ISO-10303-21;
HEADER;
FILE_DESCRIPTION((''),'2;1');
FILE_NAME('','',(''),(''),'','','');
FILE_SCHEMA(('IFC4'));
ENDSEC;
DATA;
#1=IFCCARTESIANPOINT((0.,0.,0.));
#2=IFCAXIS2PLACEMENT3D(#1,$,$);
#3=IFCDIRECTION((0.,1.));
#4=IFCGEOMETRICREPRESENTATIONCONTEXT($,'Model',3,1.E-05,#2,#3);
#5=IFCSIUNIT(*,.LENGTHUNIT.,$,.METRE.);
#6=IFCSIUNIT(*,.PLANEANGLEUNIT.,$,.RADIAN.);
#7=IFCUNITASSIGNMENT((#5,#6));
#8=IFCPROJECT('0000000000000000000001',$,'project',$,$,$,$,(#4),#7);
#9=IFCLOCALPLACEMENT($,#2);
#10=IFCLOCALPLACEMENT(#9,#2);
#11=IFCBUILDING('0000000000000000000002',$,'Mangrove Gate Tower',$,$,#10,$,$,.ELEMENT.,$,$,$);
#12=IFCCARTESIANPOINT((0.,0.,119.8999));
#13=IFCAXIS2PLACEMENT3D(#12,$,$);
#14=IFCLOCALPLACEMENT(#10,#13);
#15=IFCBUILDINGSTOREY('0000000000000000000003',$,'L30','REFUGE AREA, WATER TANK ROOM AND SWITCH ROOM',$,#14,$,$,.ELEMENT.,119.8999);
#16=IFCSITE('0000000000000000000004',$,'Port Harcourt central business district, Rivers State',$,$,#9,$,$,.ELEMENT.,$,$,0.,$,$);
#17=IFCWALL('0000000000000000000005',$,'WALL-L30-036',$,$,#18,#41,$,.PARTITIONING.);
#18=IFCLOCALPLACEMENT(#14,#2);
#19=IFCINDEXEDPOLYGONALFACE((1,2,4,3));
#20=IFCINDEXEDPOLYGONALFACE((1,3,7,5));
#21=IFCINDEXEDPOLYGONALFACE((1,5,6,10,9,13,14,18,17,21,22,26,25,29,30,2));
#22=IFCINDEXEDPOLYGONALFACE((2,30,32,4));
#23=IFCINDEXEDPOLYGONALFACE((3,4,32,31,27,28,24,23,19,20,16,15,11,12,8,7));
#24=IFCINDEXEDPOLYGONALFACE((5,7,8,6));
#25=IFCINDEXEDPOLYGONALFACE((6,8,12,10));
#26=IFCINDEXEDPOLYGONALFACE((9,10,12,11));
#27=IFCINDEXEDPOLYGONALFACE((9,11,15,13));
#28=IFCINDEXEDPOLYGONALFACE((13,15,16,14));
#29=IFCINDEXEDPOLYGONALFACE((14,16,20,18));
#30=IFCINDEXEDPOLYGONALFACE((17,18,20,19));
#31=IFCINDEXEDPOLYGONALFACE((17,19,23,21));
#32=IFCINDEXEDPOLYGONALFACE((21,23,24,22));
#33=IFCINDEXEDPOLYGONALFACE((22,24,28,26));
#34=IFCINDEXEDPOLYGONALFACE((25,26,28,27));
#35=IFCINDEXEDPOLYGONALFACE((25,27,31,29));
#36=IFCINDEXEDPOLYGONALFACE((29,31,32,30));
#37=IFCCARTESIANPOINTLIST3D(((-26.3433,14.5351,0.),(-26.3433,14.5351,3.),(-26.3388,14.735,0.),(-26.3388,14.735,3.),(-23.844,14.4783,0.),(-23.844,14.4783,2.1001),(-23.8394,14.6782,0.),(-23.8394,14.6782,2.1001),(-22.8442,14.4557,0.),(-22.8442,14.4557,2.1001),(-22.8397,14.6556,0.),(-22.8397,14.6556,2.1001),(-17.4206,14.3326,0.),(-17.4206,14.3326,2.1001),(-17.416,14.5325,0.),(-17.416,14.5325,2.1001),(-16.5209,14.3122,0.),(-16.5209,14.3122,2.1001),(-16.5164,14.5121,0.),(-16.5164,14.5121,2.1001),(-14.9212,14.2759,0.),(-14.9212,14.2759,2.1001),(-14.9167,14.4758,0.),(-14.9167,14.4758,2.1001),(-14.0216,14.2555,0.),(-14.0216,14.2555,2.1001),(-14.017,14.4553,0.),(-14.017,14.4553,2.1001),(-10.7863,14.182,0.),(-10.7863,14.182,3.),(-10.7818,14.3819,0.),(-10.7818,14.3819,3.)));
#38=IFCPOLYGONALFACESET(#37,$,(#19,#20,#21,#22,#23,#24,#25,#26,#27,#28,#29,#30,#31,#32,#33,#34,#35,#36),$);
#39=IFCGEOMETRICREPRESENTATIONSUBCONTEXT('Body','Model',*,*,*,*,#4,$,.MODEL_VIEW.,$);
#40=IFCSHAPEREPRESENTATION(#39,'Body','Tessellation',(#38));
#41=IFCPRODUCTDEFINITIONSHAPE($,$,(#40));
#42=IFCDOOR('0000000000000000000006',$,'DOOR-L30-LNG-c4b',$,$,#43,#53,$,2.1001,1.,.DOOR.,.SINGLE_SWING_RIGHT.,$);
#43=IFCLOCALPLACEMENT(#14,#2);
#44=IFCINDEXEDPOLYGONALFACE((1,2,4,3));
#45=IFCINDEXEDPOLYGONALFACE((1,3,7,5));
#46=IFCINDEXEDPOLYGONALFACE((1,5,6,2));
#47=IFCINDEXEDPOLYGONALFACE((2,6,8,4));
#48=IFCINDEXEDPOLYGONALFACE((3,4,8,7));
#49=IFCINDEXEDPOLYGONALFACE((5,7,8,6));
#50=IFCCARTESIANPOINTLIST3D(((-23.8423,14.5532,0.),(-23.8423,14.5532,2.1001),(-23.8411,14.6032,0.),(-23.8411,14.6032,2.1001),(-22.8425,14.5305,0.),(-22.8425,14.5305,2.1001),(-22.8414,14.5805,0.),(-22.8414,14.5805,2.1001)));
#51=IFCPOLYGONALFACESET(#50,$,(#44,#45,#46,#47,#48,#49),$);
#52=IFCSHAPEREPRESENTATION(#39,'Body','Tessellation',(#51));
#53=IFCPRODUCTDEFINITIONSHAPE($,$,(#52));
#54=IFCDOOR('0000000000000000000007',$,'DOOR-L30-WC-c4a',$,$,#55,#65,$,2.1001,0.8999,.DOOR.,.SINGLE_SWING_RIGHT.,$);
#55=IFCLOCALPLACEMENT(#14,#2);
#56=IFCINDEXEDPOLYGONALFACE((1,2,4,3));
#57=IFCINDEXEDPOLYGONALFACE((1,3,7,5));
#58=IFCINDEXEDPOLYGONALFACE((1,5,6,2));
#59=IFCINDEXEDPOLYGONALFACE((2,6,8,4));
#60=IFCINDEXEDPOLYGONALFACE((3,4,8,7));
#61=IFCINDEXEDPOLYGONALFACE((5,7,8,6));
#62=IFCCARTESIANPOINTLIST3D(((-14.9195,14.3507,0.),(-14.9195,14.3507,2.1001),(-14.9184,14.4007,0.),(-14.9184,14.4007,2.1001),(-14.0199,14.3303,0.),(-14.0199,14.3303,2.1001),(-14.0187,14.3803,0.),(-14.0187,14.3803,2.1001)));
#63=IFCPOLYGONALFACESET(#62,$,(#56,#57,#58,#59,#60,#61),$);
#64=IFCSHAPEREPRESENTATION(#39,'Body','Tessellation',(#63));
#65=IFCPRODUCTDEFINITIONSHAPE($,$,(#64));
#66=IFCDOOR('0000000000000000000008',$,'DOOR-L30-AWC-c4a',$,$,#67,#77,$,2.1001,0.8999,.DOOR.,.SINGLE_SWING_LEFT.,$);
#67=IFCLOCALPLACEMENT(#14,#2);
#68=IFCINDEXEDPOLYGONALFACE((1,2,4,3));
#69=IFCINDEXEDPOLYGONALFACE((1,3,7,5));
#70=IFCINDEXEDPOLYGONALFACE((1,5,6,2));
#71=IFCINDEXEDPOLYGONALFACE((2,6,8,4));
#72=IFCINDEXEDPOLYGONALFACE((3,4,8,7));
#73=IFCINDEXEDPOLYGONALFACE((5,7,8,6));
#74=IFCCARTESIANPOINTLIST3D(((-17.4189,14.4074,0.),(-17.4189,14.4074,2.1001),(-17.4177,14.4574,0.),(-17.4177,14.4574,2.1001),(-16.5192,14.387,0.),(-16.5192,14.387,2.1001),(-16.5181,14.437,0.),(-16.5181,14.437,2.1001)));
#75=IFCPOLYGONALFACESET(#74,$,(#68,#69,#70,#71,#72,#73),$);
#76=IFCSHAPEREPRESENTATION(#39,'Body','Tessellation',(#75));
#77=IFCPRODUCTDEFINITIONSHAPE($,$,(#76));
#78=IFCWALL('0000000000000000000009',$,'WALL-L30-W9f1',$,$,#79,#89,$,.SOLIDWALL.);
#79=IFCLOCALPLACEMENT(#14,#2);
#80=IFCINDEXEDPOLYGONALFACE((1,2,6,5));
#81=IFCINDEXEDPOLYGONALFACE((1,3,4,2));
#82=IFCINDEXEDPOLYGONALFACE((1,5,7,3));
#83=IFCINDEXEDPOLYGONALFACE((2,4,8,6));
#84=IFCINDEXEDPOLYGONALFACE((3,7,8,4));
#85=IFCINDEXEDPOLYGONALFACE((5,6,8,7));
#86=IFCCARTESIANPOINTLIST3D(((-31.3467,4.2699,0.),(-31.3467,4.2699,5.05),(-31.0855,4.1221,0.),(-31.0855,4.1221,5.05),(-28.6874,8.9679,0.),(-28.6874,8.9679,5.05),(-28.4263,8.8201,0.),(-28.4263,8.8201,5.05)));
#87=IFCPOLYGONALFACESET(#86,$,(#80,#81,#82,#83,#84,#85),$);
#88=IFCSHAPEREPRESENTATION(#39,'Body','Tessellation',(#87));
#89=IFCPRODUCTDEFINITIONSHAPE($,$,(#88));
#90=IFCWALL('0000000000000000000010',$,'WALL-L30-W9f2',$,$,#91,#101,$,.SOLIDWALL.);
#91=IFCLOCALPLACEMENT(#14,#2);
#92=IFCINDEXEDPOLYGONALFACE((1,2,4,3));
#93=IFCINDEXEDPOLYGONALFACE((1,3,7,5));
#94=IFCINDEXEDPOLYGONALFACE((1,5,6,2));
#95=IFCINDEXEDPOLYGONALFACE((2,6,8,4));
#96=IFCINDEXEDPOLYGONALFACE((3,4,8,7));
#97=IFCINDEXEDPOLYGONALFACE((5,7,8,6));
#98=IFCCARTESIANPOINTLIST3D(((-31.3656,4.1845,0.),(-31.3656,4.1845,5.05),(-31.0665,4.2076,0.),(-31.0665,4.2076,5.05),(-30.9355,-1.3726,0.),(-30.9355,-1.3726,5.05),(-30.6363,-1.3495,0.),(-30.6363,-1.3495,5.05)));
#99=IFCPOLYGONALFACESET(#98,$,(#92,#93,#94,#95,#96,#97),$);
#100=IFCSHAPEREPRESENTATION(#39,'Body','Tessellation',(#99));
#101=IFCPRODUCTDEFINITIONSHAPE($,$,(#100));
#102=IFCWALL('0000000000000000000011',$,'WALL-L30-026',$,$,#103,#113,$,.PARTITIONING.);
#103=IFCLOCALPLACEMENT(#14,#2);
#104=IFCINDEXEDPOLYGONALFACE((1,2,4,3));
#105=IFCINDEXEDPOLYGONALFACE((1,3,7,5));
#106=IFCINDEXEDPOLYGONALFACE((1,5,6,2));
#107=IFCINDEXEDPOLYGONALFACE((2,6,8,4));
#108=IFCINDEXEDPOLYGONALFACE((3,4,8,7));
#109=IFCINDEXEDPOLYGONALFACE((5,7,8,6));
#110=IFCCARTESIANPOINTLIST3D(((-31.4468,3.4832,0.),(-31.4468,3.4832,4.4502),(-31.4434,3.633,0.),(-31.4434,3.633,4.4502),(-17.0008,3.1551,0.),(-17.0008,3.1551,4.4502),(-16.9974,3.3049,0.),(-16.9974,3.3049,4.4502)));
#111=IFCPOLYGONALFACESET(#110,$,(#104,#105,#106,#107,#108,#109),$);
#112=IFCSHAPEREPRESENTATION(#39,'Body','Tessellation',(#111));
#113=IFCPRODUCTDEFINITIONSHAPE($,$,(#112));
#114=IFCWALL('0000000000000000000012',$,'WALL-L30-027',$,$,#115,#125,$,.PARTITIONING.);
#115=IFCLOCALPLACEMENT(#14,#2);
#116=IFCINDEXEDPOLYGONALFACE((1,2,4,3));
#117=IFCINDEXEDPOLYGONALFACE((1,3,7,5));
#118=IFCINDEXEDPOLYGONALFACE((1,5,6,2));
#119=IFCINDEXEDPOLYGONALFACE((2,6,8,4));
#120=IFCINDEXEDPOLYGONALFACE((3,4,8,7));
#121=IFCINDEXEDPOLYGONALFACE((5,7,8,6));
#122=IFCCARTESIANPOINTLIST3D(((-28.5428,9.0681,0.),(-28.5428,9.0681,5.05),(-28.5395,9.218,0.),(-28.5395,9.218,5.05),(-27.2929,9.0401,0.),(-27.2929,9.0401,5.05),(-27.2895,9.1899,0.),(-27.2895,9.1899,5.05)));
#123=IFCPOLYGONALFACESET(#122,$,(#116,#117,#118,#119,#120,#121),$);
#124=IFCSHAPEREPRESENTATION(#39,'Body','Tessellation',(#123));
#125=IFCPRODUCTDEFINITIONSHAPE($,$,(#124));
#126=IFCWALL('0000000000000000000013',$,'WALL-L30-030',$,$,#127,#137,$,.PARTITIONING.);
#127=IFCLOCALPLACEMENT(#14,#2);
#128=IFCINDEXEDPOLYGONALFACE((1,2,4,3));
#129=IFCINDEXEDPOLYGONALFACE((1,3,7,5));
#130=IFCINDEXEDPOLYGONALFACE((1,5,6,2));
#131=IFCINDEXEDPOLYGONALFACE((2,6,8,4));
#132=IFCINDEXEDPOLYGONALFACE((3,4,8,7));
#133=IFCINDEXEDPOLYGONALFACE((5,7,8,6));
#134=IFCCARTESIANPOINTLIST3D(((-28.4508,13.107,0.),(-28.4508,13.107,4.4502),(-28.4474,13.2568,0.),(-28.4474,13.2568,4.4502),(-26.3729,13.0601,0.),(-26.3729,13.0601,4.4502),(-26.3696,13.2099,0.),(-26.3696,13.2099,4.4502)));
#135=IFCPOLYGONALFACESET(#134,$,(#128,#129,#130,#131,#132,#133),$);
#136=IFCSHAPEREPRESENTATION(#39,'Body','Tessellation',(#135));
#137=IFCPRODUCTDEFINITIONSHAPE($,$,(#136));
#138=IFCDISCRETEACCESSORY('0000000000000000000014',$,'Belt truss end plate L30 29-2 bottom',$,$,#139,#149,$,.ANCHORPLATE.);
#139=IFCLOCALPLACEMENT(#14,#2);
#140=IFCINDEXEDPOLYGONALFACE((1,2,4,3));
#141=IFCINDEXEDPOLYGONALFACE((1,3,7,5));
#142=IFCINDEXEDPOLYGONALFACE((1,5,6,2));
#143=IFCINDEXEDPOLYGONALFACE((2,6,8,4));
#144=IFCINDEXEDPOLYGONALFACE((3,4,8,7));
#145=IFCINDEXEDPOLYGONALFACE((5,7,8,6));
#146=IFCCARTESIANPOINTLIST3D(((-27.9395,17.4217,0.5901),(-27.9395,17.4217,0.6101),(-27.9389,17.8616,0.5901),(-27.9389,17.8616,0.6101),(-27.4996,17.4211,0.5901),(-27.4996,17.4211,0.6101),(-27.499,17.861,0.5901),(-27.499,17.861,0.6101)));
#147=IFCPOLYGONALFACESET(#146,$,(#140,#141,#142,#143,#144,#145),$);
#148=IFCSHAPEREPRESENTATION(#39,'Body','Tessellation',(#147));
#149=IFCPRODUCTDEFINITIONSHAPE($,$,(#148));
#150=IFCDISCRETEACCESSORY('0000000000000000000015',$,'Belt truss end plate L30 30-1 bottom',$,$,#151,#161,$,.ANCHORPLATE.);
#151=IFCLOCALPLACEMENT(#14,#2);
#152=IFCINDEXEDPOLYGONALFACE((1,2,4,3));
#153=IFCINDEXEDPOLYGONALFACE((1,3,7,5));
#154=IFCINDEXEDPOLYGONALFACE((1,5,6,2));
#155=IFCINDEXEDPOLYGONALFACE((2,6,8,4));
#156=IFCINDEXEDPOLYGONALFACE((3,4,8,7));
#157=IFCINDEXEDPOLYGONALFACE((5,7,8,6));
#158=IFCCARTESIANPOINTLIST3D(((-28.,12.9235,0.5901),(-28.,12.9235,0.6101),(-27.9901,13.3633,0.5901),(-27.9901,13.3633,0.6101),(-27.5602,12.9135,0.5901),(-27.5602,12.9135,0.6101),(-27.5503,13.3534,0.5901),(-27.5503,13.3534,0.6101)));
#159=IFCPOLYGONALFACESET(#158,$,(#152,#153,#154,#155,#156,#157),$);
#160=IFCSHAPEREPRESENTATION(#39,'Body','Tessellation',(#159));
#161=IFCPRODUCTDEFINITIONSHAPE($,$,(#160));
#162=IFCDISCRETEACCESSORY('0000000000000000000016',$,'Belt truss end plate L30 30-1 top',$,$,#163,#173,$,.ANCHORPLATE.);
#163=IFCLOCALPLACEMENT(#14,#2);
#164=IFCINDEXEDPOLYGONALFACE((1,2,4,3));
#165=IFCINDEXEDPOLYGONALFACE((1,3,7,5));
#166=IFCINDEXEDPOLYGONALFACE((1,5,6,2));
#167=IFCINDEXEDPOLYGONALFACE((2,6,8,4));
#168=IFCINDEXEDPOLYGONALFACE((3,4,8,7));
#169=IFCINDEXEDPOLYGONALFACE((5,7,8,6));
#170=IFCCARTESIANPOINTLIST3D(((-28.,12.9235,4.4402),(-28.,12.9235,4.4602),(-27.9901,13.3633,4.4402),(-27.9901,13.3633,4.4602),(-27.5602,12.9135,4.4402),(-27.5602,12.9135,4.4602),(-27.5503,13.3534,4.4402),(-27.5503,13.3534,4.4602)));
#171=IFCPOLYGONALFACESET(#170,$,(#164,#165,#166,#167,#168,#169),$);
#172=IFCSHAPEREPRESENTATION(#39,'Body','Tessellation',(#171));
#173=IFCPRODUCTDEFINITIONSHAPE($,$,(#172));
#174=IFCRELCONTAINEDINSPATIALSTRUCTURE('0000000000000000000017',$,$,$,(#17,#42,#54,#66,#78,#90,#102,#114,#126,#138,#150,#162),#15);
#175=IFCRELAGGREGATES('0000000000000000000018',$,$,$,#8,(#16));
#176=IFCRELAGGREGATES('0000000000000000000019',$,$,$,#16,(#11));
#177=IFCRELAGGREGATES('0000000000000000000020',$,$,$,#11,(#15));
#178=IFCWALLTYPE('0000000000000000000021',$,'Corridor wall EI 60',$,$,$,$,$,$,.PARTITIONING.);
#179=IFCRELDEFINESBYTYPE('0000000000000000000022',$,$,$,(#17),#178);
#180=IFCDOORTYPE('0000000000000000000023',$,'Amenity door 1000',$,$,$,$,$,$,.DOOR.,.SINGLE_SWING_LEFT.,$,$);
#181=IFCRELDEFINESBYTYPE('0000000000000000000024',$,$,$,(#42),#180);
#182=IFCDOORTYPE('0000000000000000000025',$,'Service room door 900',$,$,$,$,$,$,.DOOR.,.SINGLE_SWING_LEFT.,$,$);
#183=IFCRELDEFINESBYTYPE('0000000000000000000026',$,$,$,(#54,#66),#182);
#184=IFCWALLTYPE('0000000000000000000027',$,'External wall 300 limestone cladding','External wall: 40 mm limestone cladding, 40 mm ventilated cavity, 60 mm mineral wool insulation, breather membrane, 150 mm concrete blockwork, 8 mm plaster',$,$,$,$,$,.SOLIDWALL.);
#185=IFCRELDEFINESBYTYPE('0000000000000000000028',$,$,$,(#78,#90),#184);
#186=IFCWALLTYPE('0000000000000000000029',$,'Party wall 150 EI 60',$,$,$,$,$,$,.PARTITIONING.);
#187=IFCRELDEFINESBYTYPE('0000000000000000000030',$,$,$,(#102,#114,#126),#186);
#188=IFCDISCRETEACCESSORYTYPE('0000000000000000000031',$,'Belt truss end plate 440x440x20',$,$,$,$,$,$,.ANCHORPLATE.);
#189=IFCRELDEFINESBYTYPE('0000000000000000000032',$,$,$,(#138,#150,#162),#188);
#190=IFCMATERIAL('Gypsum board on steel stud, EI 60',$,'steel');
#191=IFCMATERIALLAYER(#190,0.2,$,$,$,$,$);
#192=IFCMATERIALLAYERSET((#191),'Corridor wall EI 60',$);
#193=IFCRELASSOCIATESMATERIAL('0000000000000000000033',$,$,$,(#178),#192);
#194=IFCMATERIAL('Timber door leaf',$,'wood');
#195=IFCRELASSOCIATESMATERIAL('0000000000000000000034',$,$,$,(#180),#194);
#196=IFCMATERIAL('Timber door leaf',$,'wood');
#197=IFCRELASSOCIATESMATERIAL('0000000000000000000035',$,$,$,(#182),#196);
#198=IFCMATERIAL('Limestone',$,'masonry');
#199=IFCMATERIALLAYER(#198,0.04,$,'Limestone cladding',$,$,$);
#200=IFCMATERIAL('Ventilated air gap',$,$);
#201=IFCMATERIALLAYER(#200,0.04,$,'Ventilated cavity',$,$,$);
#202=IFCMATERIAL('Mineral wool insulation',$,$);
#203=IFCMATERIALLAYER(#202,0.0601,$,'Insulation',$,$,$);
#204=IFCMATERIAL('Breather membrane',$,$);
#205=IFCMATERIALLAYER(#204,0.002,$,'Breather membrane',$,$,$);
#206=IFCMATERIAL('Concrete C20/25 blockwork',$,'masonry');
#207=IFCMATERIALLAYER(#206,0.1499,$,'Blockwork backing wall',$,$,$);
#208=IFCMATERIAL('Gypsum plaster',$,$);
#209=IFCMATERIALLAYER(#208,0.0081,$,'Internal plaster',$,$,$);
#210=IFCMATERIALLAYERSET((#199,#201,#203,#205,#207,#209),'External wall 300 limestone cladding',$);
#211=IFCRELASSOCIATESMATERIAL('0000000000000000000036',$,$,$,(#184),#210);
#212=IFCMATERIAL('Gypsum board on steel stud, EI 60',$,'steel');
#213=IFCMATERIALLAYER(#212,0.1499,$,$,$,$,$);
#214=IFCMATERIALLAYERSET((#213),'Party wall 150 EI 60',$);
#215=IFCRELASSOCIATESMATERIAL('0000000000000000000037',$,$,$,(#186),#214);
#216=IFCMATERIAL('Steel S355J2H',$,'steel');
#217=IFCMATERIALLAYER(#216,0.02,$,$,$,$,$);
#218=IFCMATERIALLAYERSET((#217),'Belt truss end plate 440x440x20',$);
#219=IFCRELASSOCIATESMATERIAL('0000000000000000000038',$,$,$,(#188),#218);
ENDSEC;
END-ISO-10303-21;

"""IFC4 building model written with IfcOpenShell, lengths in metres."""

from ifc_helpers import new_model, si_unit, direction, frame, frame_2d, origin, origin_2d, place, context, subcontext, project, spatial, rectangle, extrude, material, layer, layer_set, type_object, element, fill, save


model = new_model("IFC4")

# Units and contexts
model_context = context("Model", 3, precision=1e-05, world=origin(), true_north=direction((0.0, 1.0)))
body_context = subcontext(model_context, "Body", "Model", "MODEL_VIEW")
ifc_project = project(units=[si_unit("LENGTHUNIT", "METRE"), si_unit("PLANEANGLEUNIT", "RADIAN")], contexts=[model_context])

# Site, building, storey
site_placement = place(None, origin())
site = spatial("IfcSite", under=ifc_project, at=site_placement, Name="Port Harcourt central business district, Rivers State", CompositionType="ELEMENT", RefElevation=0.0)
building_placement = place(site_placement, origin())
building = spatial("IfcBuilding", under=site, at=building_placement, Name="Mangrove Gate Tower", CompositionType="ELEMENT")
storey_placement = place(building_placement, frame((0.0, 0.0, 119.8999)))
storey = spatial("IfcBuildingStorey", under=building, at=storey_placement, Name="L30", Description="REFUGE AREA, WATER TANK ROOM AND SWITCH ROOM", CompositionType="ELEMENT", Elevation=119.8999)

# Shared definitions
ifc_material_1 = material(Name="Gypsum board on steel stud, EI 60", Category="steel")
ifc_layer_1 = layer(ifc_material_1, 0.2)
ifc_layer_set_1 = layer_set([ifc_layer_1], Name="Corridor wall EI 60")
wall_type_1 = type_object("IfcWallType", Name="Corridor wall EI 60", PredefinedType="PARTITIONING", material=ifc_layer_set_1)
ifc_material_2 = material(Name="Timber door leaf", Category="wood")
door_type_1 = type_object("IfcDoorType", Name="Amenity door 1000", OperationType="SINGLE_SWING_LEFT", PredefinedType="DOOR", material=ifc_material_2)

# Wall, openings, doors
wall_1_placement = place(storey_placement, frame((-26.3411, 14.635, 0.0), z_axis=(0.0, 0.0, 1.0), x_axis=(0.999743, -0.022686, 0.0)))
wall_1 = element("IfcWall", 1, at=wall_1_placement, inside=storey, type_object=wall_type_1, Name="WALL-L30-036", PredefinedType="PARTITIONING", context=body_context, shape_type="SweptSolid", body=[
    extrude(rectangle(XDim=15.561, YDim=0.2, at=frame_2d((7.7805, 0.0))), origin(), (0.0, 0.0, 1.0), 3.0),
])
opening_1_placement = place(wall_1_placement, frame((11.425, 0.0, 0.0)))
opening_1 = element("IfcOpeningElement", 2, at=opening_1_placement, cuts=wall_1, PredefinedType="OPENING", context=body_context, shape_type="SweptSolid", body=[
    extrude(rectangle(XDim=0.8999, YDim=2.1001, at=frame_2d((0.45, 1.05))), frame((0.0, 0.1099, 0.0), z_axis=(0.0, -1.0, 0.0), x_axis=(1.0, 0.0, 0.0)), (0.0, 0.0, 1.0), 0.22),
])
opening_2_placement = place(wall_1_placement, frame((2.5, 0.0, 0.0)))
opening_2 = element("IfcOpeningElement", 3, at=opening_2_placement, cuts=wall_1, PredefinedType="OPENING", context=body_context, shape_type="SweptSolid", body=[
    extrude(rectangle(XDim=1.0, YDim=2.1001, at=frame_2d((0.5, 1.05))), frame((0.0, 0.1099, 0.0), z_axis=(0.0, -1.0, 0.0), x_axis=(1.0, 0.0, 0.0)), (0.0, 0.0, 1.0), 0.22),
])
opening_3_placement = place(wall_1_placement, frame((8.925, 0.0, 0.0)))
opening_3 = element("IfcOpeningElement", 4, at=opening_3_placement, cuts=wall_1, PredefinedType="OPENING", context=body_context, shape_type="SweptSolid", body=[
    extrude(rectangle(XDim=0.8999, YDim=2.1001, at=frame_2d((0.45, 1.05))), frame((0.0, 0.1099, 0.0), z_axis=(0.0, -1.0, 0.0), x_axis=(1.0, 0.0, 0.0)), (0.0, 0.0, 1.0), 0.22),
])
door_1_placement = place(opening_2_placement, origin())
door_1 = element("IfcDoor", 5, at=door_1_placement, inside=storey, type_object=door_type_1, Name="DOOR-L30-LNG-c4b", OperationType="SINGLE_SWING_RIGHT", OverallHeight=2.1001, OverallWidth=1.0, PredefinedType="DOOR", context=body_context, shape_type="SweptSolid", body=[
    extrude(rectangle(XDim=1.0, YDim=2.1001, at=frame_2d((0.5, 1.05))), frame((0.0, 0.0249, 0.0), z_axis=(0.0, -1.0, 0.0), x_axis=(1.0, 0.0, 0.0)), (0.0, 0.0, 1.0), 0.05),
])
fill(opening_2, door_1)
ifc_material_3 = material(Name="Timber door leaf", Category="wood")
door_type_2 = type_object("IfcDoorType", Name="Service room door 900", OperationType="SINGLE_SWING_LEFT", PredefinedType="DOOR", material=ifc_material_3)
door_2_placement = place(opening_1_placement, origin())
door_2 = element("IfcDoor", 6, at=door_2_placement, inside=storey, type_object=door_type_2, Name="DOOR-L30-WC-c4a", OperationType="SINGLE_SWING_RIGHT", OverallHeight=2.1001, OverallWidth=0.8999, PredefinedType="DOOR", context=body_context, shape_type="SweptSolid", body=[
    extrude(rectangle(XDim=0.8999, YDim=2.1001, at=frame_2d((0.45, 1.05))), frame((0.0, 0.0249, 0.0), z_axis=(0.0, -1.0, 0.0), x_axis=(1.0, 0.0, 0.0)), (0.0, 0.0, 1.0), 0.05),
])
fill(opening_1, door_2)
door_3_placement = place(opening_3_placement, origin())
door_3 = element("IfcDoor", 7, at=door_3_placement, inside=storey, type_object=door_type_2, Name="DOOR-L30-AWC-c4a", OperationType="SINGLE_SWING_LEFT", OverallHeight=2.1001, OverallWidth=0.8999, PredefinedType="DOOR", context=body_context, shape_type="SweptSolid", body=[
    extrude(rectangle(XDim=0.8999, YDim=2.1001, at=frame_2d((0.45, 1.05))), frame((0.0, 0.0249, 0.0), z_axis=(0.0, -1.0, 0.0), x_axis=(1.0, 0.0, 0.0)), (0.0, 0.0, 1.0), 0.05),
])
fill(opening_3, door_3)

# Walls
ifc_material_4 = material(Name="Limestone", Category="masonry")
ifc_layer_2 = layer(ifc_material_4, 0.04, Name="Limestone cladding")
ifc_material_5 = material(Name="Ventilated air gap")
ifc_layer_3 = layer(ifc_material_5, 0.04, Name="Ventilated cavity")
ifc_material_6 = material(Name="Mineral wool insulation")
ifc_layer_4 = layer(ifc_material_6, 0.0601, Name="Insulation")
ifc_material_7 = material(Name="Breather membrane")
ifc_layer_5 = layer(ifc_material_7, 0.002, Name="Breather membrane")
ifc_material_8 = material(Name="Concrete C20/25 blockwork", Category="masonry")
ifc_layer_6 = layer(ifc_material_8, 0.1499, Name="Blockwork backing wall")
ifc_material_9 = material(Name="Gypsum plaster")
ifc_layer_7 = layer(ifc_material_9, 0.0081, Name="Internal plaster")
ifc_layer_set_2 = layer_set([ifc_layer_2, ifc_layer_3, ifc_layer_4, ifc_layer_5, ifc_layer_6, ifc_layer_7], Name="External wall 300 limestone cladding")
wall_type_2 = type_object("IfcWallType", Name="External wall 300 limestone cladding", Description="External wall: 40 mm limestone cladding, 40 mm ventilated cavity, 60 mm mineral wool insulation, breather membrane, 150 mm concrete blockwork, 8 mm plaster", PredefinedType="SOLIDWALL", material=ifc_layer_set_2)
wall_2_placement = place(storey_placement, frame((-28.5569, 8.894, 0.0), z_axis=(0.0, 0.0, 1.0), x_axis=(-0.492589, -0.870262, 0.0)))
element("IfcWall", 8, at=wall_2_placement, inside=storey, type_object=wall_type_2, Name="WALL-L30-W9f1", PredefinedType="SOLIDWALL", context=body_context, shape_type="SweptSolid", body=[
    extrude(rectangle(XDim=5.3984, YDim=0.3, at=frame_2d((2.6992, 0.0))), origin(), (0.0, 0.0, 1.0), 5.05),
])
wall_3_placement = place(storey_placement, frame((-31.2161, 4.196, 0.0), z_axis=(0.0, 0.0, 1.0), x_axis=(0.077179, -0.997017, 0.0)))
element("IfcWall", 9, at=wall_3_placement, inside=storey, type_object=wall_type_2, Name="WALL-L30-W9f2", PredefinedType="SOLIDWALL", context=body_context, shape_type="SweptSolid", body=[
    extrude(rectangle(XDim=5.5737, YDim=0.3, at=frame_2d((2.7869, 0.0))), origin(), (0.0, 0.0, 1.0), 5.05),
])
ifc_material_10 = material(Name="Gypsum board on steel stud, EI 60", Category="steel")
ifc_layer_8 = layer(ifc_material_10, 0.1499)
ifc_layer_set_3 = layer_set([ifc_layer_8], Name="Party wall 150 EI 60")
wall_type_3 = type_object("IfcWallType", Name="Party wall 150 EI 60", PredefinedType="PARTITIONING", material=ifc_layer_set_3)
wall_4_placement = place(storey_placement, frame((-31.4451, 3.5581, 0.0), z_axis=(0.0, 0.0, 1.0), x_axis=(0.999742, -0.022708, 0.0)))
element("IfcWall", 10, at=wall_4_placement, inside=storey, type_object=wall_type_3, Name="WALL-L30-026", PredefinedType="PARTITIONING", context=body_context, shape_type="SweptSolid", body=[
    extrude(rectangle(XDim=14.4497, YDim=0.1499, at=frame_2d((7.2249, 0.0))), origin(), (0.0, 0.0, 1.0), 4.4502),
])
wall_5_placement = place(storey_placement, frame((-28.541, 9.1431, 0.0), z_axis=(0.0, 0.0, 1.0), x_axis=(0.999748, -0.022455, 0.0)))
element("IfcWall", 11, at=wall_5_placement, inside=storey, type_object=wall_type_3, Name="WALL-L30-027", PredefinedType="PARTITIONING", context=body_context, shape_type="SweptSolid", body=[
    extrude(rectangle(XDim=1.2502, YDim=0.1499, at=frame_2d((0.625, 0.0))), origin(), (0.0, 0.0, 1.0), 5.05),
])
wall_6_placement = place(storey_placement, frame((-28.449, 13.1819, 0.0), z_axis=(0.0, 0.0, 1.0), x_axis=(0.999746, -0.022553, 0.0)))
element("IfcWall", 12, at=wall_6_placement, inside=storey, type_object=wall_type_3, Name="WALL-L30-030", PredefinedType="PARTITIONING", context=body_context, shape_type="SweptSolid", body=[
    extrude(rectangle(XDim=2.0784, YDim=0.1499, at=frame_2d((1.0391, 0.0))), origin(), (0.0, 0.0, 1.0), 4.4502),
])

# Discrete accessories
ifc_material_11 = material(Name="Steel S355J2H", Category="steel")
ifc_layer_9 = layer(ifc_material_11, 0.02)
ifc_layer_set_4 = layer_set([ifc_layer_9], Name="Belt truss end plate 440x440x20")
discrete_accessory_type = type_object("IfcDiscreteAccessoryType", Name="Belt truss end plate 440x440x20", PredefinedType="ANCHORPLATE", material=ifc_layer_set_4)
for number, where, z_axis, x_axis, name in (
    (13, (-27.7192, 17.6414, 0.5901), (0.0, 0.0, 1.0), (-0.001356, -0.999999, 0.0), "Belt truss end plate L30 29-2 bottom"),
    (14, (-27.7751, 13.1384, 0.5901), (0.0, 0.0, 1.0), (-0.022632, -0.999744, 0.0), "Belt truss end plate L30 30-1 bottom"),
    (15, (-27.7751, 13.1384, 4.4402), (0.0, 0.0, 1.0), (-0.022632, -0.999744, 0.0), "Belt truss end plate L30 30-1 top"),
):
    element("IfcDiscreteAccessory", number, at=place(storey_placement, frame(where, z_axis=z_axis, x_axis=x_axis)), inside=storey, type_object=discrete_accessory_type, Name=name, PredefinedType="ANCHORPLATE", context=body_context, shape_type="SweptSolid", body=[
        extrude(rectangle(XDim=0.4399, YDim=0.4399, at=origin_2d()), origin(), (0.0, 0.0, 1.0), 0.02),
    ])

save(model, "model.ifc")
